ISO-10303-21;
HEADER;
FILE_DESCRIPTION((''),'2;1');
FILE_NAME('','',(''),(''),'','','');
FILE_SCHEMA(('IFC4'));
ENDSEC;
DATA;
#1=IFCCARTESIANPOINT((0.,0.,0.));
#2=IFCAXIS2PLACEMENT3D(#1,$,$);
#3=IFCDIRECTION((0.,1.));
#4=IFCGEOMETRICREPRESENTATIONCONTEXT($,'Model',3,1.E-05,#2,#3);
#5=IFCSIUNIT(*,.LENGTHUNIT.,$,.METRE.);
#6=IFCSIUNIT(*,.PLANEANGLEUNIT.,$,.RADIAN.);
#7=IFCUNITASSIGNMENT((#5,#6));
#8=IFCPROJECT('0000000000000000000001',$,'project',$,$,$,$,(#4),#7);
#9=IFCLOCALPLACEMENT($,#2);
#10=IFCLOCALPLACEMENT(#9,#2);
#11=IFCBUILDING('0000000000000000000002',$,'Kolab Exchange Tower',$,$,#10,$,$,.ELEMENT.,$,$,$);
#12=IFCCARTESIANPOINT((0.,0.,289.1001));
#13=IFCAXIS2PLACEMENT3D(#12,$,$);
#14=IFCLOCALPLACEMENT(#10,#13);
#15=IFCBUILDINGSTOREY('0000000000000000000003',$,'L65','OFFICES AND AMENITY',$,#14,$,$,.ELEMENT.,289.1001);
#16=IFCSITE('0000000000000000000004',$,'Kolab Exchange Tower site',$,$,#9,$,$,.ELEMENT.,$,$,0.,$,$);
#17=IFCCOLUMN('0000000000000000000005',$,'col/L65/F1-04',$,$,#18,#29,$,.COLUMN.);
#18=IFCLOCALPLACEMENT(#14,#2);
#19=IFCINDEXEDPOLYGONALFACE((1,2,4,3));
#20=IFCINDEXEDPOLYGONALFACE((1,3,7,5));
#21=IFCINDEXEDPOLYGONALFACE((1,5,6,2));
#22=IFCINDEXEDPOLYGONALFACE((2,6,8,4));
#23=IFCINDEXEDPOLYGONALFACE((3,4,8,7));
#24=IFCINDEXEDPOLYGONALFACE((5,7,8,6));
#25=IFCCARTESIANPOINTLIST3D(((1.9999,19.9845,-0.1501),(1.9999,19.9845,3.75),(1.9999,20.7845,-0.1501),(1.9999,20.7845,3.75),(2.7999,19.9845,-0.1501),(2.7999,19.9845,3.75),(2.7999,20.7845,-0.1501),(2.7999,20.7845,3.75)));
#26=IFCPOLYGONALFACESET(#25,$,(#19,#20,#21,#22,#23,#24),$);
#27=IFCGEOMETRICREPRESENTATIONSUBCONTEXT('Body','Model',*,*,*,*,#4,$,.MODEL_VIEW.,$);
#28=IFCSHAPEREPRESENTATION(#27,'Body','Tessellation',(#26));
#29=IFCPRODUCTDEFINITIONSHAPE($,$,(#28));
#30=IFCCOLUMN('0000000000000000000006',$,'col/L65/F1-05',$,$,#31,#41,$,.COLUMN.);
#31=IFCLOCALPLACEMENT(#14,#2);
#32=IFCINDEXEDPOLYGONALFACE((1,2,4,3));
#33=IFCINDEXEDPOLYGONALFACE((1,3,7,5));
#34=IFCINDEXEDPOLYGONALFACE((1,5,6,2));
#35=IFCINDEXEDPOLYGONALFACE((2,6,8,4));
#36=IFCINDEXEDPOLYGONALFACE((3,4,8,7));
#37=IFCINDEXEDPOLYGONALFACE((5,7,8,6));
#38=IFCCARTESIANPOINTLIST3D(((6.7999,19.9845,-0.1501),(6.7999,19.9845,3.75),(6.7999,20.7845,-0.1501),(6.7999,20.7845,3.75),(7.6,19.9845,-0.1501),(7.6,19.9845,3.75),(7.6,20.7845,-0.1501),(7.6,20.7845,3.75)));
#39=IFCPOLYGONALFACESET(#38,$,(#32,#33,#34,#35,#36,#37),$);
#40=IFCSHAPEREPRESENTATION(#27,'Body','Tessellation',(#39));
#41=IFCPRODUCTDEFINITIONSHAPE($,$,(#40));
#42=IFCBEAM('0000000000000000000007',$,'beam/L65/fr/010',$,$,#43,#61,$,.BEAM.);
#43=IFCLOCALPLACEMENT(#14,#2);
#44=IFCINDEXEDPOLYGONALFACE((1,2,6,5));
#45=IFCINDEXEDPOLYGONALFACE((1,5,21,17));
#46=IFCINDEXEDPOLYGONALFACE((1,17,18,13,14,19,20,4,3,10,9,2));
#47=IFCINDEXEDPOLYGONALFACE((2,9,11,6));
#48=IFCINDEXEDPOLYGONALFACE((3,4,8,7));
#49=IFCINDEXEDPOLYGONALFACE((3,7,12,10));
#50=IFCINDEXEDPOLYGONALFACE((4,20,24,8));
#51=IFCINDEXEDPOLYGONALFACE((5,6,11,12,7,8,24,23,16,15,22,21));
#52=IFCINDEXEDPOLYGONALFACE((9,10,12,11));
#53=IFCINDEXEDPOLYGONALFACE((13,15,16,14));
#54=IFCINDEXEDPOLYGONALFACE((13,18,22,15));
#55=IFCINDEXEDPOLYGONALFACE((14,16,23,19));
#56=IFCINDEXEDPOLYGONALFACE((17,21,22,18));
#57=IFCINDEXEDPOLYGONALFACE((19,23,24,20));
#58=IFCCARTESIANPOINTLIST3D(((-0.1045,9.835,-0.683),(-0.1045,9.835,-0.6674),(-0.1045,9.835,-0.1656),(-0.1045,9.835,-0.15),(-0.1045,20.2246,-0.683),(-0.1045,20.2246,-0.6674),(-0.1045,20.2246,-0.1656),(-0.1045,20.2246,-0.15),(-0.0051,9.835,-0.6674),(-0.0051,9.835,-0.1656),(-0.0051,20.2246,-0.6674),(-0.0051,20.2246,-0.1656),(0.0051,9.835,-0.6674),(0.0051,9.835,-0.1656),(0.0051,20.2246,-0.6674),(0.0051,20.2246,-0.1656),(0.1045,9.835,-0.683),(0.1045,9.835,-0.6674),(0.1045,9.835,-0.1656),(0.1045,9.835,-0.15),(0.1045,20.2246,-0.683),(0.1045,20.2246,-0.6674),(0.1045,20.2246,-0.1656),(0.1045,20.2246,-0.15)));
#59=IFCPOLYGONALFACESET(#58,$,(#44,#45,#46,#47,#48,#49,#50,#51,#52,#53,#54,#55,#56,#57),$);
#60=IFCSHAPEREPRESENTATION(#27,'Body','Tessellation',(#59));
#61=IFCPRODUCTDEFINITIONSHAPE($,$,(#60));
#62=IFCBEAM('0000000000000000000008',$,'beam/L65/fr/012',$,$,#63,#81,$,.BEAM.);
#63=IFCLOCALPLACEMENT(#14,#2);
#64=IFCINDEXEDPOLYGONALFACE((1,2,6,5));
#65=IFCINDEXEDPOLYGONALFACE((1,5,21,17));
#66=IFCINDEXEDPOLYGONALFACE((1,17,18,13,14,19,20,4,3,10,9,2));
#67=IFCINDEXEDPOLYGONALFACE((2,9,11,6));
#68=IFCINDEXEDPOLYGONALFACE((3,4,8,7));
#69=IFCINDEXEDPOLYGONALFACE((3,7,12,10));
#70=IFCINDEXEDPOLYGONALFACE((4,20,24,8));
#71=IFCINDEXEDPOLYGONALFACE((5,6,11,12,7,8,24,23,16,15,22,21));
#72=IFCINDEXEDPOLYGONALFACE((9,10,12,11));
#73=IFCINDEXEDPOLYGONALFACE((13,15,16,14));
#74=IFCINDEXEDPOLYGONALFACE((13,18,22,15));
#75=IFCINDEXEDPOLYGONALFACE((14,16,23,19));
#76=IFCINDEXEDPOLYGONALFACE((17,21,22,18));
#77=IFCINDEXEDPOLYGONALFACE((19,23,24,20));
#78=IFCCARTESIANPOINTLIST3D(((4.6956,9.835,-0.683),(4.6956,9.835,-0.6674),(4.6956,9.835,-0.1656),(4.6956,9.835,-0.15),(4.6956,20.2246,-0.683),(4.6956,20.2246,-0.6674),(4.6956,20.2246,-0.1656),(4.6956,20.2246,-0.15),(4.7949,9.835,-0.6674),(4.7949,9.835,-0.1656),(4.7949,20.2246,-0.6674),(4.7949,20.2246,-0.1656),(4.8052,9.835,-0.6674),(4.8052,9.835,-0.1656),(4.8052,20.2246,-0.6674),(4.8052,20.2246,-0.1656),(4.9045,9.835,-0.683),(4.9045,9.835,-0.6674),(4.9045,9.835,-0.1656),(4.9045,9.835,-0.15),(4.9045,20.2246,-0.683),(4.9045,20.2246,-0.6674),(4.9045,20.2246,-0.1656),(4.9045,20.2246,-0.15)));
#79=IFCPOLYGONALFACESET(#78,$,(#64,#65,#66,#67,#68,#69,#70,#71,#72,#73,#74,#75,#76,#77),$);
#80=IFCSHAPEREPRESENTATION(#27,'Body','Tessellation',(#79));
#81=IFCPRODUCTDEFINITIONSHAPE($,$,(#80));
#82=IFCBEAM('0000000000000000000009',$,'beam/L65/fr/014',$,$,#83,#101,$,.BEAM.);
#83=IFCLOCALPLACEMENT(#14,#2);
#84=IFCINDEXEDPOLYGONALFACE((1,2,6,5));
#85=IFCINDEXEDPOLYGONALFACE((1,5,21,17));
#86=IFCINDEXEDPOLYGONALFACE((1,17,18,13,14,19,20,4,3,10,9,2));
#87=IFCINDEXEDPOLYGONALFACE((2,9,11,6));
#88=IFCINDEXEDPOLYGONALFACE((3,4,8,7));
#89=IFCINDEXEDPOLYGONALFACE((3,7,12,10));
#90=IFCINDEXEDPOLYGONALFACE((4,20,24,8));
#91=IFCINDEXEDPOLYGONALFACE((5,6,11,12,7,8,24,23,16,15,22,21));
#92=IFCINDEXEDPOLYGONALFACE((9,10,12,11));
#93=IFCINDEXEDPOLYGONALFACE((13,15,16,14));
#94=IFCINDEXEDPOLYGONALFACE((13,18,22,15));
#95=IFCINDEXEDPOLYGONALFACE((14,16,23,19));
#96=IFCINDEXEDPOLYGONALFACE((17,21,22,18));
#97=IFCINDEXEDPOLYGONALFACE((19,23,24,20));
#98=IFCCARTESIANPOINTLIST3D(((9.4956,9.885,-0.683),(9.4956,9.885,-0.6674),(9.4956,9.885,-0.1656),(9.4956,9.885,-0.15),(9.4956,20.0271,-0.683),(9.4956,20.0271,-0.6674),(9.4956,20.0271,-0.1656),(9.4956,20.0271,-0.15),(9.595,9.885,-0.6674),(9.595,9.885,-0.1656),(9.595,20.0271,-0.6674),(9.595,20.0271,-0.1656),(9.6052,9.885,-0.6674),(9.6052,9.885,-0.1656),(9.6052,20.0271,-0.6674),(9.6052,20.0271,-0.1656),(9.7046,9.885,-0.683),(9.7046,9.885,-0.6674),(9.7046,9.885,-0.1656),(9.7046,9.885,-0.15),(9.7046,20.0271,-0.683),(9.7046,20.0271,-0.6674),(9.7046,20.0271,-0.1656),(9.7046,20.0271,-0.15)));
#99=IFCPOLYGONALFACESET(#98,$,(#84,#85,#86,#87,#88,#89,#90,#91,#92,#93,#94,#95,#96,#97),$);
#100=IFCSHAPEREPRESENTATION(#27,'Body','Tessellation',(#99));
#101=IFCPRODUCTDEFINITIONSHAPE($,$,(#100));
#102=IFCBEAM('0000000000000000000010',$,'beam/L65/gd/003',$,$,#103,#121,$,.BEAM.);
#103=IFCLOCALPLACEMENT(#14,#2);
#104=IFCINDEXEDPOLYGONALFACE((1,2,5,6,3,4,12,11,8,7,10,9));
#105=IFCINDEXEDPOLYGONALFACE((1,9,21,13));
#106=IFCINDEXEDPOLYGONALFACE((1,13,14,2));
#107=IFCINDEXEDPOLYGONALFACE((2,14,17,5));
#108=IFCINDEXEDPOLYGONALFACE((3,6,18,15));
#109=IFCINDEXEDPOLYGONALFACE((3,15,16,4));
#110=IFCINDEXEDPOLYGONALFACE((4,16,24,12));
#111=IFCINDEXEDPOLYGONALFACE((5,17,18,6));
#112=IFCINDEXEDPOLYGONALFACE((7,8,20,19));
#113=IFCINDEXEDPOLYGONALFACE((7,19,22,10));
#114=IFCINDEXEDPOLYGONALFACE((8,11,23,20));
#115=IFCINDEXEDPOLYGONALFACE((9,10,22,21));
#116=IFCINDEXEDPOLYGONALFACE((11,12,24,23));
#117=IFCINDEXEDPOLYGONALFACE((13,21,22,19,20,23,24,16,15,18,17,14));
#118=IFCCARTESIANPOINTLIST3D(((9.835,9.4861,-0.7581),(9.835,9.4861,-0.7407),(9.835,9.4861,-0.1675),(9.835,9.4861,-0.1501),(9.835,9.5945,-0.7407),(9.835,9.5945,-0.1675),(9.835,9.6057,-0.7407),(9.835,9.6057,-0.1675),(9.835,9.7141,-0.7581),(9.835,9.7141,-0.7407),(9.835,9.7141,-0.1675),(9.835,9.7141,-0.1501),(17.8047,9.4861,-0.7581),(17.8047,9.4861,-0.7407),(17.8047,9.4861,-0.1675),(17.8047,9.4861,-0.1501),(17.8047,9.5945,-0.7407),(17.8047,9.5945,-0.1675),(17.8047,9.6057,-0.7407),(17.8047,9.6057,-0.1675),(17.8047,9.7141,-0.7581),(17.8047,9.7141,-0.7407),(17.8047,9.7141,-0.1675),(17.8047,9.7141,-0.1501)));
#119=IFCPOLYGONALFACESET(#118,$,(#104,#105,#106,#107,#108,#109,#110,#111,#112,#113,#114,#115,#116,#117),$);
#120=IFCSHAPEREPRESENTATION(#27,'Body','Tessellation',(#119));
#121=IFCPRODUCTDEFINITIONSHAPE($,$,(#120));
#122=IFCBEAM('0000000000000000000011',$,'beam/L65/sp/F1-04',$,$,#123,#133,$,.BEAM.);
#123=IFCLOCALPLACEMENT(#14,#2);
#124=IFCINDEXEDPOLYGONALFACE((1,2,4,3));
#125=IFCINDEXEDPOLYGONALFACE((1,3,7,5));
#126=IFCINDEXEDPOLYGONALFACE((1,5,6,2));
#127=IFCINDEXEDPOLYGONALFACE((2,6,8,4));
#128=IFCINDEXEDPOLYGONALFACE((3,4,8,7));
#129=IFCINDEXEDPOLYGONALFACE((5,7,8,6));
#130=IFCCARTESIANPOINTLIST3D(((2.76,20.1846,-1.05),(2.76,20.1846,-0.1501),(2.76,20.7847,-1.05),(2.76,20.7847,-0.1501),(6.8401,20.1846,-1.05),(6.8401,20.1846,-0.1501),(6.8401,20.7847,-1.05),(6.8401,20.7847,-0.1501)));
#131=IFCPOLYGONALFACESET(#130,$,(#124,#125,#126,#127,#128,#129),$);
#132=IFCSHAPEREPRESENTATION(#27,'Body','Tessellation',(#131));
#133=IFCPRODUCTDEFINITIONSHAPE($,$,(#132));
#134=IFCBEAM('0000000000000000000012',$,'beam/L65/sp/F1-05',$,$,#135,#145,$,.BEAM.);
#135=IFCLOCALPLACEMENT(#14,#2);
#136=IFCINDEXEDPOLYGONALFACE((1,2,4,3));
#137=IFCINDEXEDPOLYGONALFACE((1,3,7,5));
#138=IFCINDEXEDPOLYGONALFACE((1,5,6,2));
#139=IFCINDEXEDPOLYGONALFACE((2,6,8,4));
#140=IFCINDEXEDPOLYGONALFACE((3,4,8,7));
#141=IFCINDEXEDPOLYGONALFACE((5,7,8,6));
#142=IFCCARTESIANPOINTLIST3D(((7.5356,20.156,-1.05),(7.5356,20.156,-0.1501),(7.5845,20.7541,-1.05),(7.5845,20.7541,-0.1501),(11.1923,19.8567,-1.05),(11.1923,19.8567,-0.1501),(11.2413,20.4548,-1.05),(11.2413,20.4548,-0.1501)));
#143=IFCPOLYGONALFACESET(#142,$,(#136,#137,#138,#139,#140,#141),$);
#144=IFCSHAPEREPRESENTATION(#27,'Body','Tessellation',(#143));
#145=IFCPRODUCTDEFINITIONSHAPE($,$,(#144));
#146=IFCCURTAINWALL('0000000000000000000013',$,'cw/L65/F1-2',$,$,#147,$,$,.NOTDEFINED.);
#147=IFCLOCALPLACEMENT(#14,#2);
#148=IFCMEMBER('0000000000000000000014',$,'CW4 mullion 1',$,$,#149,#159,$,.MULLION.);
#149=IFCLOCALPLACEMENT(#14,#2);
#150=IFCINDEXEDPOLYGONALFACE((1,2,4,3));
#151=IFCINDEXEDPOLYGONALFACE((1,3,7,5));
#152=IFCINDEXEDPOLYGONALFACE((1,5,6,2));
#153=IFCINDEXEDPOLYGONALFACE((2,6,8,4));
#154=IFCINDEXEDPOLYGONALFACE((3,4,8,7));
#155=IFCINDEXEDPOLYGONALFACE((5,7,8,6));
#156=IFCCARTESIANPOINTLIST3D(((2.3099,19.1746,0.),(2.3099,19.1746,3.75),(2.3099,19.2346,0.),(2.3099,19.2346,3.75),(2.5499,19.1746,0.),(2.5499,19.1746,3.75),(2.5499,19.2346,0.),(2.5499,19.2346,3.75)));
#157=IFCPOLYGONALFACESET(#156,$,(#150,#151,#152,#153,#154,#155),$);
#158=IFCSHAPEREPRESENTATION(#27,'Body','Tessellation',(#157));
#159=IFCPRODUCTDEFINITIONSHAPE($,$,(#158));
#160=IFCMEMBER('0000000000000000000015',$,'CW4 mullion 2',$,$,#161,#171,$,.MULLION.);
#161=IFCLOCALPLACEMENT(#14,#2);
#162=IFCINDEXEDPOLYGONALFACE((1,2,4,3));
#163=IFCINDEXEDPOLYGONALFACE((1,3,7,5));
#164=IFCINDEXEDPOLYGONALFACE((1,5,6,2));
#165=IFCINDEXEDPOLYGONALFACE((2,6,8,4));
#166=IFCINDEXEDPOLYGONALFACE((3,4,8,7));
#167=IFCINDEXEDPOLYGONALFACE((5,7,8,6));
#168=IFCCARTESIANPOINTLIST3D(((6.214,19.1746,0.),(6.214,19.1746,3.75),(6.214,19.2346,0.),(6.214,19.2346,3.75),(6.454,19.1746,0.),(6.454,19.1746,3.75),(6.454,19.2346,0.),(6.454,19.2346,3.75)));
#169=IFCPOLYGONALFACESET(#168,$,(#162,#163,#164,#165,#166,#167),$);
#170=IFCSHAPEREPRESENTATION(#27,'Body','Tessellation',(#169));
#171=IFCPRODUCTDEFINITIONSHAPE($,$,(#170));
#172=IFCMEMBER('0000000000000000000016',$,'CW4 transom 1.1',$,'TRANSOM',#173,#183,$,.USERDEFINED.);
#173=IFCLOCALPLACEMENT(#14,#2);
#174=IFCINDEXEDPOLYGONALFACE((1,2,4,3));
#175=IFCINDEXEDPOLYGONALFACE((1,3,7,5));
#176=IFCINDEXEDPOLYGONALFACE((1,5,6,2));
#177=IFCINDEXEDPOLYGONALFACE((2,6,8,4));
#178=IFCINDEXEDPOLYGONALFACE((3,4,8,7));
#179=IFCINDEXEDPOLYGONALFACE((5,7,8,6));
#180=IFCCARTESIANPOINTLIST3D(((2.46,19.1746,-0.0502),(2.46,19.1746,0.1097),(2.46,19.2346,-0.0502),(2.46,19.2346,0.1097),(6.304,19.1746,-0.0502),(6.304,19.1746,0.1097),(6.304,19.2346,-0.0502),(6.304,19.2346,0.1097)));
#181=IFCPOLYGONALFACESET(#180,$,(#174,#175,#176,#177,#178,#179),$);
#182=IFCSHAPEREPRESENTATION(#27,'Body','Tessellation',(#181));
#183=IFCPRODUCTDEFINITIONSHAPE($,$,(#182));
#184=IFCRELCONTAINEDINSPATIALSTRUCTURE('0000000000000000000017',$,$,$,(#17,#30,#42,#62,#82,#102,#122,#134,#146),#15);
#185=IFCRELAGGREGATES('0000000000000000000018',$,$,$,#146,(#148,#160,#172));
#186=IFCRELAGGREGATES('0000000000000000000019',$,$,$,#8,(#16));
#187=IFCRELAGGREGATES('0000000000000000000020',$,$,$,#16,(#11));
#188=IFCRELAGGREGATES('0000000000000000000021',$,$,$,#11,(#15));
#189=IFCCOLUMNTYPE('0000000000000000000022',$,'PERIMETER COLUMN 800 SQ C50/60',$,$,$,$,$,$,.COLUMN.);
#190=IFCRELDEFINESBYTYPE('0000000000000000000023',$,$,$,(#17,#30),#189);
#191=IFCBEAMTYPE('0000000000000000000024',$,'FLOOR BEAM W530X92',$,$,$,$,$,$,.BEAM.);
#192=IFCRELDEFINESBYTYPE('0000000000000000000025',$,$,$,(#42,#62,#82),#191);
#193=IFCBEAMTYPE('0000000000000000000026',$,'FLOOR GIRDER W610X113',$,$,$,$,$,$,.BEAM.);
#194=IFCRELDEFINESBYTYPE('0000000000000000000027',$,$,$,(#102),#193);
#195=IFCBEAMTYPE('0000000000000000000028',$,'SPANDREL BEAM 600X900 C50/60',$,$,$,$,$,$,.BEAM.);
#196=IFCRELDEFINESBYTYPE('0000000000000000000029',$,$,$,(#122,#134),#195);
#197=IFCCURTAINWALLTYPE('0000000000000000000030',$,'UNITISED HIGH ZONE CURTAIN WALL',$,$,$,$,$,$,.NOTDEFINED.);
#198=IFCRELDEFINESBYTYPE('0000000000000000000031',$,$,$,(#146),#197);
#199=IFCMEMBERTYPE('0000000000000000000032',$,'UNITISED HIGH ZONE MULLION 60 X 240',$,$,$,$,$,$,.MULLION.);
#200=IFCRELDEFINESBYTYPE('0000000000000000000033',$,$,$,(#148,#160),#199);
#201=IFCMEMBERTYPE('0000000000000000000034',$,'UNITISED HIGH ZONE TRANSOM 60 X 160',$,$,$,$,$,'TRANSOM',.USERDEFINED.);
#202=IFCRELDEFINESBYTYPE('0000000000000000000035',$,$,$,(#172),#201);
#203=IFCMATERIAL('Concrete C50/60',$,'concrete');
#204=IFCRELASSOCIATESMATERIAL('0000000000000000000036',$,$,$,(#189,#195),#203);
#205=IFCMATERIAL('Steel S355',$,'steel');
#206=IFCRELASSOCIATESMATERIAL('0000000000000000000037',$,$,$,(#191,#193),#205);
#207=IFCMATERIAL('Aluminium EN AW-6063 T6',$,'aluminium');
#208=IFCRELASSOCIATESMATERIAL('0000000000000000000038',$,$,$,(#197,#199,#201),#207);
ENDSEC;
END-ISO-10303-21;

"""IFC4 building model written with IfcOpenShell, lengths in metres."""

from ifc_helpers import new_model, si_unit, direction, frame, origin, origin_2d, place, context, subcontext, project, spatial, rectangle, i_section, extrude, material, material_profile, profile_set, type_object, element, aggregate, save


model = new_model("IFC4")

# Units and contexts
model_context = context("Model", 3, precision=1e-05, world=origin(), true_north=direction((0.0, 1.0)))
body_context = subcontext(model_context, "Body", "Model", "MODEL_VIEW")
ifc_project = project(units=[si_unit("LENGTHUNIT", "METRE"), si_unit("PLANEANGLEUNIT", "RADIAN")], contexts=[model_context])

# Site, building, storey
site_placement = place(None, origin())
site = spatial("IfcSite", under=ifc_project, at=site_placement, Name="Kolab Exchange Tower site", CompositionType="ELEMENT", RefElevation=0.0)
building_placement = place(site_placement, origin())
building = spatial("IfcBuilding", under=site, at=building_placement, Name="Kolab Exchange Tower", CompositionType="ELEMENT")
storey_placement = place(building_placement, frame((0.0, 0.0, 289.1001)))
storey = spatial("IfcBuildingStorey", under=building, at=storey_placement, Name="L65", Description="OFFICES AND AMENITY", CompositionType="ELEMENT", Elevation=289.1001)

# Columns
ifc_material_1 = material(Name="Concrete C50/60", Category="concrete")
ifc_material_profile_1 = material_profile(ifc_material_1, rectangle(XDim=0.8, YDim=0.8, at=origin_2d()), Name="RC800")
ifc_profile_set_1 = profile_set([ifc_material_profile_1], Name="Concrete C50/60")
column_type = type_object("IfcColumnType", Name="PERIMETER COLUMN 800 SQ C50/60", PredefinedType="COLUMN", material=ifc_profile_set_1)
for number, where, z_axis, x_axis, name in (
    (1, (2.3999, 20.3845, -0.1501), (0.0, 0.0, 1.0), (1.0, 0.0, 0.0), "col/L65/F1-04"),
    (2, (7.2, 20.3845, -0.1501), (0.0, 0.0, 1.0), (1.0, 0.0, 0.0), "col/L65/F1-05"),
):
    element("IfcColumn", number, at=place(storey_placement, frame(where, z_axis=z_axis, x_axis=x_axis)), inside=storey, type_object=column_type, Name=name, PredefinedType="COLUMN", context=body_context, shape_type="SweptSolid", body=[
        extrude(rectangle(XDim=0.8, YDim=0.8, at=origin_2d()), origin(), (0.0, 0.0, 1.0), 3.9001),
    ])

# Beams
ifc_material_2 = material(Name="Steel S355", Category="steel")
ifc_material_profile_2 = material_profile(ifc_material_2, i_section(OverallWidth=0.209, OverallDepth=0.533, WebThickness=0.0103, FlangeThickness=0.0156, at=origin_2d()), Name="W530X92")
ifc_profile_set_2 = profile_set([ifc_material_profile_2], Name="Steel S355")
beam_type_1 = type_object("IfcBeamType", Name="FLOOR BEAM W530X92", PredefinedType="BEAM", material=ifc_profile_set_2)
for number, where, z_axis, x_axis, name in (
    (3, (0.0, 9.835, -0.4165), (0.0, 1.0, 0.0), (-1.0, 0.0, 0.0), "beam/L65/fr/010"),
    (4, (4.8, 9.835, -0.4165), (0.0, 1.0, 0.0), (-1.0, 0.0, 0.0), "beam/L65/fr/012"),
):
    element("IfcBeam", number, at=place(storey_placement, frame(where, z_axis=z_axis, x_axis=x_axis)), inside=storey, type_object=beam_type_1, Name=name, PredefinedType="BEAM", context=body_context, shape_type="SweptSolid", body=[
        extrude(i_section(OverallWidth=0.209, OverallDepth=0.533, WebThickness=0.0103, FlangeThickness=0.0156, at=origin_2d()), origin(), (0.0, 0.0, 1.0), 10.3896),
    ])
beam_1_placement = place(storey_placement, frame((9.6001, 9.885, -0.4165), z_axis=(0.0, 1.0, 0.0), x_axis=(-1.0, 0.0, 0.0)))
element("IfcBeam", 5, at=beam_1_placement, inside=storey, type_object=beam_type_1, Name="beam/L65/fr/014", PredefinedType="BEAM", context=body_context, shape_type="SweptSolid", body=[
    extrude(i_section(OverallWidth=0.209, OverallDepth=0.533, WebThickness=0.0103, FlangeThickness=0.0156, at=origin_2d()), origin(), (0.0, 0.0, 1.0), 10.1421),
])
ifc_material_profile_3 = material_profile(ifc_material_2, i_section(OverallWidth=0.228, OverallDepth=0.6079, WebThickness=0.0112, FlangeThickness=0.0173, at=origin_2d()), Name="W610X113")
ifc_profile_set_3 = profile_set([ifc_material_profile_3], Name="Steel S355")
beam_type_2 = type_object("IfcBeamType", Name="FLOOR GIRDER W610X113", PredefinedType="BEAM", material=ifc_profile_set_3)
beam_2_placement = place(storey_placement, frame((9.835, 9.6001, -0.4541), z_axis=(1.0, 0.0, 0.0), x_axis=(0.0, 1.0, 0.0)))
element("IfcBeam", 6, at=beam_2_placement, inside=storey, type_object=beam_type_2, Name="beam/L65/gd/003", PredefinedType="BEAM", context=body_context, shape_type="SweptSolid", body=[
    extrude(i_section(OverallWidth=0.228, OverallDepth=0.6079, WebThickness=0.0112, FlangeThickness=0.0173, at=origin_2d()), origin(), (0.0, 0.0, 1.0), 7.9697),
])
ifc_material_profile_4 = material_profile(ifc_material_1, rectangle(XDim=0.6001, YDim=0.8999, at=origin_2d()), Name="RC600X900")
ifc_profile_set_4 = profile_set([ifc_material_profile_4], Name="Concrete C50/60")
beam_type_3 = type_object("IfcBeamType", Name="SPANDREL BEAM 600X900 C50/60", PredefinedType="BEAM", material=ifc_profile_set_4)
beam_3_placement = place(storey_placement, frame((2.76, 20.4846, -0.6001), z_axis=(1.0, 0.0, 0.0), x_axis=(0.0, 1.0, 0.0)))
element("IfcBeam", 7, at=beam_3_placement, inside=storey, type_object=beam_type_3, Name="beam/L65/sp/F1-04", PredefinedType="BEAM", context=body_context, shape_type="SweptSolid", body=[
    extrude(rectangle(XDim=0.6001, YDim=0.8999, at=origin_2d()), origin(), (0.0, 0.0, 1.0), 4.0801),
])
beam_4_placement = place(storey_placement, frame((7.5601, 20.4551, -0.6001), z_axis=(0.996667, -0.081581, 0.0), x_axis=(0.081581, 0.996667, 0.0)))
element("IfcBeam", 8, at=beam_4_placement, inside=storey, type_object=beam_type_3, Name="beam/L65/sp/F1-05", PredefinedType="BEAM", context=body_context, shape_type="SweptSolid", body=[
    extrude(rectangle(XDim=0.6001, YDim=0.8999, at=origin_2d()), origin(), (0.0, 0.0, 1.0), 3.6689),
])

# Curtain wall, members
ifc_material_3 = material(Name="Aluminium EN AW-6063 T6", Category="aluminium")
curtain_wall_type = type_object("IfcCurtainWallType", Name="UNITISED HIGH ZONE CURTAIN WALL", PredefinedType="NOTDEFINED", material=ifc_material_3)
curtain_wall_placement = place(storey_placement, origin())
curtain_wall = element("IfcCurtainWall", 9, at=curtain_wall_placement, inside=storey, type_object=curtain_wall_type, Name="cw/L65/F1-2", PredefinedType="NOTDEFINED")
ifc_material_profile_5 = material_profile(ifc_material_3, rectangle(XDim=0.0601, YDim=0.24, at=origin_2d()), Name="RECT 60X240")
ifc_profile_set_5 = profile_set([ifc_material_profile_5], Name="Aluminium EN AW-6063 T6")
member_type_1 = type_object("IfcMemberType", Name="UNITISED HIGH ZONE MULLION 60 X 240", PredefinedType="MULLION", material=ifc_profile_set_5)
member_1_placement = place(storey_placement, frame((2.4299, 19.2046, 0.0), z_axis=(0.0, 0.0, 1.0), x_axis=(0.0, 1.0, 0.0)))
member_1 = element("IfcMember", 10, at=member_1_placement, type_object=member_type_1, Name="CW4 mullion 1", PredefinedType="MULLION", context=body_context, shape_type="SweptSolid", body=[
    extrude(rectangle(XDim=0.0601, YDim=0.24, at=origin_2d()), origin(), (0.0, 0.0, 1.0), 3.75),
])
member_2_placement = place(storey_placement, frame((6.334, 19.2046, 0.0), z_axis=(0.0, 0.0, 1.0), x_axis=(0.0, 1.0, 0.0)))
member_2 = element("IfcMember", 11, at=member_2_placement, type_object=member_type_1, Name="CW4 mullion 2", PredefinedType="MULLION", context=body_context, shape_type="SweptSolid", body=[
    extrude(rectangle(XDim=0.0601, YDim=0.24, at=origin_2d()), origin(), (0.0, 0.0, 1.0), 3.75),
])
ifc_material_profile_6 = material_profile(ifc_material_3, rectangle(XDim=0.0601, YDim=0.1599, at=origin_2d()), Name="RECT 60X160")
ifc_profile_set_6 = profile_set([ifc_material_profile_6], Name="Aluminium EN AW-6063 T6")
member_type_2 = type_object("IfcMemberType", Name="UNITISED HIGH ZONE TRANSOM 60 X 160", ElementType="TRANSOM", PredefinedType="USERDEFINED", material=ifc_profile_set_6)
member_3_placement = place(storey_placement, frame((2.46, 19.2046, 0.0298), z_axis=(1.0, 0.0, 0.0), x_axis=(0.0, 1.0, 0.0)))
member_3 = element("IfcMember", 12, at=member_3_placement, type_object=member_type_2, Name="CW4 transom 1.1", ObjectType="TRANSOM", PredefinedType="USERDEFINED", context=body_context, shape_type="SweptSolid", body=[
    extrude(rectangle(XDim=0.0601, YDim=0.1599, at=origin_2d()), origin(), (0.0, 0.0, 1.0), 3.844),
])
aggregate(curtain_wall, [member_1, member_2, member_3])

save(model, "model.ifc")
